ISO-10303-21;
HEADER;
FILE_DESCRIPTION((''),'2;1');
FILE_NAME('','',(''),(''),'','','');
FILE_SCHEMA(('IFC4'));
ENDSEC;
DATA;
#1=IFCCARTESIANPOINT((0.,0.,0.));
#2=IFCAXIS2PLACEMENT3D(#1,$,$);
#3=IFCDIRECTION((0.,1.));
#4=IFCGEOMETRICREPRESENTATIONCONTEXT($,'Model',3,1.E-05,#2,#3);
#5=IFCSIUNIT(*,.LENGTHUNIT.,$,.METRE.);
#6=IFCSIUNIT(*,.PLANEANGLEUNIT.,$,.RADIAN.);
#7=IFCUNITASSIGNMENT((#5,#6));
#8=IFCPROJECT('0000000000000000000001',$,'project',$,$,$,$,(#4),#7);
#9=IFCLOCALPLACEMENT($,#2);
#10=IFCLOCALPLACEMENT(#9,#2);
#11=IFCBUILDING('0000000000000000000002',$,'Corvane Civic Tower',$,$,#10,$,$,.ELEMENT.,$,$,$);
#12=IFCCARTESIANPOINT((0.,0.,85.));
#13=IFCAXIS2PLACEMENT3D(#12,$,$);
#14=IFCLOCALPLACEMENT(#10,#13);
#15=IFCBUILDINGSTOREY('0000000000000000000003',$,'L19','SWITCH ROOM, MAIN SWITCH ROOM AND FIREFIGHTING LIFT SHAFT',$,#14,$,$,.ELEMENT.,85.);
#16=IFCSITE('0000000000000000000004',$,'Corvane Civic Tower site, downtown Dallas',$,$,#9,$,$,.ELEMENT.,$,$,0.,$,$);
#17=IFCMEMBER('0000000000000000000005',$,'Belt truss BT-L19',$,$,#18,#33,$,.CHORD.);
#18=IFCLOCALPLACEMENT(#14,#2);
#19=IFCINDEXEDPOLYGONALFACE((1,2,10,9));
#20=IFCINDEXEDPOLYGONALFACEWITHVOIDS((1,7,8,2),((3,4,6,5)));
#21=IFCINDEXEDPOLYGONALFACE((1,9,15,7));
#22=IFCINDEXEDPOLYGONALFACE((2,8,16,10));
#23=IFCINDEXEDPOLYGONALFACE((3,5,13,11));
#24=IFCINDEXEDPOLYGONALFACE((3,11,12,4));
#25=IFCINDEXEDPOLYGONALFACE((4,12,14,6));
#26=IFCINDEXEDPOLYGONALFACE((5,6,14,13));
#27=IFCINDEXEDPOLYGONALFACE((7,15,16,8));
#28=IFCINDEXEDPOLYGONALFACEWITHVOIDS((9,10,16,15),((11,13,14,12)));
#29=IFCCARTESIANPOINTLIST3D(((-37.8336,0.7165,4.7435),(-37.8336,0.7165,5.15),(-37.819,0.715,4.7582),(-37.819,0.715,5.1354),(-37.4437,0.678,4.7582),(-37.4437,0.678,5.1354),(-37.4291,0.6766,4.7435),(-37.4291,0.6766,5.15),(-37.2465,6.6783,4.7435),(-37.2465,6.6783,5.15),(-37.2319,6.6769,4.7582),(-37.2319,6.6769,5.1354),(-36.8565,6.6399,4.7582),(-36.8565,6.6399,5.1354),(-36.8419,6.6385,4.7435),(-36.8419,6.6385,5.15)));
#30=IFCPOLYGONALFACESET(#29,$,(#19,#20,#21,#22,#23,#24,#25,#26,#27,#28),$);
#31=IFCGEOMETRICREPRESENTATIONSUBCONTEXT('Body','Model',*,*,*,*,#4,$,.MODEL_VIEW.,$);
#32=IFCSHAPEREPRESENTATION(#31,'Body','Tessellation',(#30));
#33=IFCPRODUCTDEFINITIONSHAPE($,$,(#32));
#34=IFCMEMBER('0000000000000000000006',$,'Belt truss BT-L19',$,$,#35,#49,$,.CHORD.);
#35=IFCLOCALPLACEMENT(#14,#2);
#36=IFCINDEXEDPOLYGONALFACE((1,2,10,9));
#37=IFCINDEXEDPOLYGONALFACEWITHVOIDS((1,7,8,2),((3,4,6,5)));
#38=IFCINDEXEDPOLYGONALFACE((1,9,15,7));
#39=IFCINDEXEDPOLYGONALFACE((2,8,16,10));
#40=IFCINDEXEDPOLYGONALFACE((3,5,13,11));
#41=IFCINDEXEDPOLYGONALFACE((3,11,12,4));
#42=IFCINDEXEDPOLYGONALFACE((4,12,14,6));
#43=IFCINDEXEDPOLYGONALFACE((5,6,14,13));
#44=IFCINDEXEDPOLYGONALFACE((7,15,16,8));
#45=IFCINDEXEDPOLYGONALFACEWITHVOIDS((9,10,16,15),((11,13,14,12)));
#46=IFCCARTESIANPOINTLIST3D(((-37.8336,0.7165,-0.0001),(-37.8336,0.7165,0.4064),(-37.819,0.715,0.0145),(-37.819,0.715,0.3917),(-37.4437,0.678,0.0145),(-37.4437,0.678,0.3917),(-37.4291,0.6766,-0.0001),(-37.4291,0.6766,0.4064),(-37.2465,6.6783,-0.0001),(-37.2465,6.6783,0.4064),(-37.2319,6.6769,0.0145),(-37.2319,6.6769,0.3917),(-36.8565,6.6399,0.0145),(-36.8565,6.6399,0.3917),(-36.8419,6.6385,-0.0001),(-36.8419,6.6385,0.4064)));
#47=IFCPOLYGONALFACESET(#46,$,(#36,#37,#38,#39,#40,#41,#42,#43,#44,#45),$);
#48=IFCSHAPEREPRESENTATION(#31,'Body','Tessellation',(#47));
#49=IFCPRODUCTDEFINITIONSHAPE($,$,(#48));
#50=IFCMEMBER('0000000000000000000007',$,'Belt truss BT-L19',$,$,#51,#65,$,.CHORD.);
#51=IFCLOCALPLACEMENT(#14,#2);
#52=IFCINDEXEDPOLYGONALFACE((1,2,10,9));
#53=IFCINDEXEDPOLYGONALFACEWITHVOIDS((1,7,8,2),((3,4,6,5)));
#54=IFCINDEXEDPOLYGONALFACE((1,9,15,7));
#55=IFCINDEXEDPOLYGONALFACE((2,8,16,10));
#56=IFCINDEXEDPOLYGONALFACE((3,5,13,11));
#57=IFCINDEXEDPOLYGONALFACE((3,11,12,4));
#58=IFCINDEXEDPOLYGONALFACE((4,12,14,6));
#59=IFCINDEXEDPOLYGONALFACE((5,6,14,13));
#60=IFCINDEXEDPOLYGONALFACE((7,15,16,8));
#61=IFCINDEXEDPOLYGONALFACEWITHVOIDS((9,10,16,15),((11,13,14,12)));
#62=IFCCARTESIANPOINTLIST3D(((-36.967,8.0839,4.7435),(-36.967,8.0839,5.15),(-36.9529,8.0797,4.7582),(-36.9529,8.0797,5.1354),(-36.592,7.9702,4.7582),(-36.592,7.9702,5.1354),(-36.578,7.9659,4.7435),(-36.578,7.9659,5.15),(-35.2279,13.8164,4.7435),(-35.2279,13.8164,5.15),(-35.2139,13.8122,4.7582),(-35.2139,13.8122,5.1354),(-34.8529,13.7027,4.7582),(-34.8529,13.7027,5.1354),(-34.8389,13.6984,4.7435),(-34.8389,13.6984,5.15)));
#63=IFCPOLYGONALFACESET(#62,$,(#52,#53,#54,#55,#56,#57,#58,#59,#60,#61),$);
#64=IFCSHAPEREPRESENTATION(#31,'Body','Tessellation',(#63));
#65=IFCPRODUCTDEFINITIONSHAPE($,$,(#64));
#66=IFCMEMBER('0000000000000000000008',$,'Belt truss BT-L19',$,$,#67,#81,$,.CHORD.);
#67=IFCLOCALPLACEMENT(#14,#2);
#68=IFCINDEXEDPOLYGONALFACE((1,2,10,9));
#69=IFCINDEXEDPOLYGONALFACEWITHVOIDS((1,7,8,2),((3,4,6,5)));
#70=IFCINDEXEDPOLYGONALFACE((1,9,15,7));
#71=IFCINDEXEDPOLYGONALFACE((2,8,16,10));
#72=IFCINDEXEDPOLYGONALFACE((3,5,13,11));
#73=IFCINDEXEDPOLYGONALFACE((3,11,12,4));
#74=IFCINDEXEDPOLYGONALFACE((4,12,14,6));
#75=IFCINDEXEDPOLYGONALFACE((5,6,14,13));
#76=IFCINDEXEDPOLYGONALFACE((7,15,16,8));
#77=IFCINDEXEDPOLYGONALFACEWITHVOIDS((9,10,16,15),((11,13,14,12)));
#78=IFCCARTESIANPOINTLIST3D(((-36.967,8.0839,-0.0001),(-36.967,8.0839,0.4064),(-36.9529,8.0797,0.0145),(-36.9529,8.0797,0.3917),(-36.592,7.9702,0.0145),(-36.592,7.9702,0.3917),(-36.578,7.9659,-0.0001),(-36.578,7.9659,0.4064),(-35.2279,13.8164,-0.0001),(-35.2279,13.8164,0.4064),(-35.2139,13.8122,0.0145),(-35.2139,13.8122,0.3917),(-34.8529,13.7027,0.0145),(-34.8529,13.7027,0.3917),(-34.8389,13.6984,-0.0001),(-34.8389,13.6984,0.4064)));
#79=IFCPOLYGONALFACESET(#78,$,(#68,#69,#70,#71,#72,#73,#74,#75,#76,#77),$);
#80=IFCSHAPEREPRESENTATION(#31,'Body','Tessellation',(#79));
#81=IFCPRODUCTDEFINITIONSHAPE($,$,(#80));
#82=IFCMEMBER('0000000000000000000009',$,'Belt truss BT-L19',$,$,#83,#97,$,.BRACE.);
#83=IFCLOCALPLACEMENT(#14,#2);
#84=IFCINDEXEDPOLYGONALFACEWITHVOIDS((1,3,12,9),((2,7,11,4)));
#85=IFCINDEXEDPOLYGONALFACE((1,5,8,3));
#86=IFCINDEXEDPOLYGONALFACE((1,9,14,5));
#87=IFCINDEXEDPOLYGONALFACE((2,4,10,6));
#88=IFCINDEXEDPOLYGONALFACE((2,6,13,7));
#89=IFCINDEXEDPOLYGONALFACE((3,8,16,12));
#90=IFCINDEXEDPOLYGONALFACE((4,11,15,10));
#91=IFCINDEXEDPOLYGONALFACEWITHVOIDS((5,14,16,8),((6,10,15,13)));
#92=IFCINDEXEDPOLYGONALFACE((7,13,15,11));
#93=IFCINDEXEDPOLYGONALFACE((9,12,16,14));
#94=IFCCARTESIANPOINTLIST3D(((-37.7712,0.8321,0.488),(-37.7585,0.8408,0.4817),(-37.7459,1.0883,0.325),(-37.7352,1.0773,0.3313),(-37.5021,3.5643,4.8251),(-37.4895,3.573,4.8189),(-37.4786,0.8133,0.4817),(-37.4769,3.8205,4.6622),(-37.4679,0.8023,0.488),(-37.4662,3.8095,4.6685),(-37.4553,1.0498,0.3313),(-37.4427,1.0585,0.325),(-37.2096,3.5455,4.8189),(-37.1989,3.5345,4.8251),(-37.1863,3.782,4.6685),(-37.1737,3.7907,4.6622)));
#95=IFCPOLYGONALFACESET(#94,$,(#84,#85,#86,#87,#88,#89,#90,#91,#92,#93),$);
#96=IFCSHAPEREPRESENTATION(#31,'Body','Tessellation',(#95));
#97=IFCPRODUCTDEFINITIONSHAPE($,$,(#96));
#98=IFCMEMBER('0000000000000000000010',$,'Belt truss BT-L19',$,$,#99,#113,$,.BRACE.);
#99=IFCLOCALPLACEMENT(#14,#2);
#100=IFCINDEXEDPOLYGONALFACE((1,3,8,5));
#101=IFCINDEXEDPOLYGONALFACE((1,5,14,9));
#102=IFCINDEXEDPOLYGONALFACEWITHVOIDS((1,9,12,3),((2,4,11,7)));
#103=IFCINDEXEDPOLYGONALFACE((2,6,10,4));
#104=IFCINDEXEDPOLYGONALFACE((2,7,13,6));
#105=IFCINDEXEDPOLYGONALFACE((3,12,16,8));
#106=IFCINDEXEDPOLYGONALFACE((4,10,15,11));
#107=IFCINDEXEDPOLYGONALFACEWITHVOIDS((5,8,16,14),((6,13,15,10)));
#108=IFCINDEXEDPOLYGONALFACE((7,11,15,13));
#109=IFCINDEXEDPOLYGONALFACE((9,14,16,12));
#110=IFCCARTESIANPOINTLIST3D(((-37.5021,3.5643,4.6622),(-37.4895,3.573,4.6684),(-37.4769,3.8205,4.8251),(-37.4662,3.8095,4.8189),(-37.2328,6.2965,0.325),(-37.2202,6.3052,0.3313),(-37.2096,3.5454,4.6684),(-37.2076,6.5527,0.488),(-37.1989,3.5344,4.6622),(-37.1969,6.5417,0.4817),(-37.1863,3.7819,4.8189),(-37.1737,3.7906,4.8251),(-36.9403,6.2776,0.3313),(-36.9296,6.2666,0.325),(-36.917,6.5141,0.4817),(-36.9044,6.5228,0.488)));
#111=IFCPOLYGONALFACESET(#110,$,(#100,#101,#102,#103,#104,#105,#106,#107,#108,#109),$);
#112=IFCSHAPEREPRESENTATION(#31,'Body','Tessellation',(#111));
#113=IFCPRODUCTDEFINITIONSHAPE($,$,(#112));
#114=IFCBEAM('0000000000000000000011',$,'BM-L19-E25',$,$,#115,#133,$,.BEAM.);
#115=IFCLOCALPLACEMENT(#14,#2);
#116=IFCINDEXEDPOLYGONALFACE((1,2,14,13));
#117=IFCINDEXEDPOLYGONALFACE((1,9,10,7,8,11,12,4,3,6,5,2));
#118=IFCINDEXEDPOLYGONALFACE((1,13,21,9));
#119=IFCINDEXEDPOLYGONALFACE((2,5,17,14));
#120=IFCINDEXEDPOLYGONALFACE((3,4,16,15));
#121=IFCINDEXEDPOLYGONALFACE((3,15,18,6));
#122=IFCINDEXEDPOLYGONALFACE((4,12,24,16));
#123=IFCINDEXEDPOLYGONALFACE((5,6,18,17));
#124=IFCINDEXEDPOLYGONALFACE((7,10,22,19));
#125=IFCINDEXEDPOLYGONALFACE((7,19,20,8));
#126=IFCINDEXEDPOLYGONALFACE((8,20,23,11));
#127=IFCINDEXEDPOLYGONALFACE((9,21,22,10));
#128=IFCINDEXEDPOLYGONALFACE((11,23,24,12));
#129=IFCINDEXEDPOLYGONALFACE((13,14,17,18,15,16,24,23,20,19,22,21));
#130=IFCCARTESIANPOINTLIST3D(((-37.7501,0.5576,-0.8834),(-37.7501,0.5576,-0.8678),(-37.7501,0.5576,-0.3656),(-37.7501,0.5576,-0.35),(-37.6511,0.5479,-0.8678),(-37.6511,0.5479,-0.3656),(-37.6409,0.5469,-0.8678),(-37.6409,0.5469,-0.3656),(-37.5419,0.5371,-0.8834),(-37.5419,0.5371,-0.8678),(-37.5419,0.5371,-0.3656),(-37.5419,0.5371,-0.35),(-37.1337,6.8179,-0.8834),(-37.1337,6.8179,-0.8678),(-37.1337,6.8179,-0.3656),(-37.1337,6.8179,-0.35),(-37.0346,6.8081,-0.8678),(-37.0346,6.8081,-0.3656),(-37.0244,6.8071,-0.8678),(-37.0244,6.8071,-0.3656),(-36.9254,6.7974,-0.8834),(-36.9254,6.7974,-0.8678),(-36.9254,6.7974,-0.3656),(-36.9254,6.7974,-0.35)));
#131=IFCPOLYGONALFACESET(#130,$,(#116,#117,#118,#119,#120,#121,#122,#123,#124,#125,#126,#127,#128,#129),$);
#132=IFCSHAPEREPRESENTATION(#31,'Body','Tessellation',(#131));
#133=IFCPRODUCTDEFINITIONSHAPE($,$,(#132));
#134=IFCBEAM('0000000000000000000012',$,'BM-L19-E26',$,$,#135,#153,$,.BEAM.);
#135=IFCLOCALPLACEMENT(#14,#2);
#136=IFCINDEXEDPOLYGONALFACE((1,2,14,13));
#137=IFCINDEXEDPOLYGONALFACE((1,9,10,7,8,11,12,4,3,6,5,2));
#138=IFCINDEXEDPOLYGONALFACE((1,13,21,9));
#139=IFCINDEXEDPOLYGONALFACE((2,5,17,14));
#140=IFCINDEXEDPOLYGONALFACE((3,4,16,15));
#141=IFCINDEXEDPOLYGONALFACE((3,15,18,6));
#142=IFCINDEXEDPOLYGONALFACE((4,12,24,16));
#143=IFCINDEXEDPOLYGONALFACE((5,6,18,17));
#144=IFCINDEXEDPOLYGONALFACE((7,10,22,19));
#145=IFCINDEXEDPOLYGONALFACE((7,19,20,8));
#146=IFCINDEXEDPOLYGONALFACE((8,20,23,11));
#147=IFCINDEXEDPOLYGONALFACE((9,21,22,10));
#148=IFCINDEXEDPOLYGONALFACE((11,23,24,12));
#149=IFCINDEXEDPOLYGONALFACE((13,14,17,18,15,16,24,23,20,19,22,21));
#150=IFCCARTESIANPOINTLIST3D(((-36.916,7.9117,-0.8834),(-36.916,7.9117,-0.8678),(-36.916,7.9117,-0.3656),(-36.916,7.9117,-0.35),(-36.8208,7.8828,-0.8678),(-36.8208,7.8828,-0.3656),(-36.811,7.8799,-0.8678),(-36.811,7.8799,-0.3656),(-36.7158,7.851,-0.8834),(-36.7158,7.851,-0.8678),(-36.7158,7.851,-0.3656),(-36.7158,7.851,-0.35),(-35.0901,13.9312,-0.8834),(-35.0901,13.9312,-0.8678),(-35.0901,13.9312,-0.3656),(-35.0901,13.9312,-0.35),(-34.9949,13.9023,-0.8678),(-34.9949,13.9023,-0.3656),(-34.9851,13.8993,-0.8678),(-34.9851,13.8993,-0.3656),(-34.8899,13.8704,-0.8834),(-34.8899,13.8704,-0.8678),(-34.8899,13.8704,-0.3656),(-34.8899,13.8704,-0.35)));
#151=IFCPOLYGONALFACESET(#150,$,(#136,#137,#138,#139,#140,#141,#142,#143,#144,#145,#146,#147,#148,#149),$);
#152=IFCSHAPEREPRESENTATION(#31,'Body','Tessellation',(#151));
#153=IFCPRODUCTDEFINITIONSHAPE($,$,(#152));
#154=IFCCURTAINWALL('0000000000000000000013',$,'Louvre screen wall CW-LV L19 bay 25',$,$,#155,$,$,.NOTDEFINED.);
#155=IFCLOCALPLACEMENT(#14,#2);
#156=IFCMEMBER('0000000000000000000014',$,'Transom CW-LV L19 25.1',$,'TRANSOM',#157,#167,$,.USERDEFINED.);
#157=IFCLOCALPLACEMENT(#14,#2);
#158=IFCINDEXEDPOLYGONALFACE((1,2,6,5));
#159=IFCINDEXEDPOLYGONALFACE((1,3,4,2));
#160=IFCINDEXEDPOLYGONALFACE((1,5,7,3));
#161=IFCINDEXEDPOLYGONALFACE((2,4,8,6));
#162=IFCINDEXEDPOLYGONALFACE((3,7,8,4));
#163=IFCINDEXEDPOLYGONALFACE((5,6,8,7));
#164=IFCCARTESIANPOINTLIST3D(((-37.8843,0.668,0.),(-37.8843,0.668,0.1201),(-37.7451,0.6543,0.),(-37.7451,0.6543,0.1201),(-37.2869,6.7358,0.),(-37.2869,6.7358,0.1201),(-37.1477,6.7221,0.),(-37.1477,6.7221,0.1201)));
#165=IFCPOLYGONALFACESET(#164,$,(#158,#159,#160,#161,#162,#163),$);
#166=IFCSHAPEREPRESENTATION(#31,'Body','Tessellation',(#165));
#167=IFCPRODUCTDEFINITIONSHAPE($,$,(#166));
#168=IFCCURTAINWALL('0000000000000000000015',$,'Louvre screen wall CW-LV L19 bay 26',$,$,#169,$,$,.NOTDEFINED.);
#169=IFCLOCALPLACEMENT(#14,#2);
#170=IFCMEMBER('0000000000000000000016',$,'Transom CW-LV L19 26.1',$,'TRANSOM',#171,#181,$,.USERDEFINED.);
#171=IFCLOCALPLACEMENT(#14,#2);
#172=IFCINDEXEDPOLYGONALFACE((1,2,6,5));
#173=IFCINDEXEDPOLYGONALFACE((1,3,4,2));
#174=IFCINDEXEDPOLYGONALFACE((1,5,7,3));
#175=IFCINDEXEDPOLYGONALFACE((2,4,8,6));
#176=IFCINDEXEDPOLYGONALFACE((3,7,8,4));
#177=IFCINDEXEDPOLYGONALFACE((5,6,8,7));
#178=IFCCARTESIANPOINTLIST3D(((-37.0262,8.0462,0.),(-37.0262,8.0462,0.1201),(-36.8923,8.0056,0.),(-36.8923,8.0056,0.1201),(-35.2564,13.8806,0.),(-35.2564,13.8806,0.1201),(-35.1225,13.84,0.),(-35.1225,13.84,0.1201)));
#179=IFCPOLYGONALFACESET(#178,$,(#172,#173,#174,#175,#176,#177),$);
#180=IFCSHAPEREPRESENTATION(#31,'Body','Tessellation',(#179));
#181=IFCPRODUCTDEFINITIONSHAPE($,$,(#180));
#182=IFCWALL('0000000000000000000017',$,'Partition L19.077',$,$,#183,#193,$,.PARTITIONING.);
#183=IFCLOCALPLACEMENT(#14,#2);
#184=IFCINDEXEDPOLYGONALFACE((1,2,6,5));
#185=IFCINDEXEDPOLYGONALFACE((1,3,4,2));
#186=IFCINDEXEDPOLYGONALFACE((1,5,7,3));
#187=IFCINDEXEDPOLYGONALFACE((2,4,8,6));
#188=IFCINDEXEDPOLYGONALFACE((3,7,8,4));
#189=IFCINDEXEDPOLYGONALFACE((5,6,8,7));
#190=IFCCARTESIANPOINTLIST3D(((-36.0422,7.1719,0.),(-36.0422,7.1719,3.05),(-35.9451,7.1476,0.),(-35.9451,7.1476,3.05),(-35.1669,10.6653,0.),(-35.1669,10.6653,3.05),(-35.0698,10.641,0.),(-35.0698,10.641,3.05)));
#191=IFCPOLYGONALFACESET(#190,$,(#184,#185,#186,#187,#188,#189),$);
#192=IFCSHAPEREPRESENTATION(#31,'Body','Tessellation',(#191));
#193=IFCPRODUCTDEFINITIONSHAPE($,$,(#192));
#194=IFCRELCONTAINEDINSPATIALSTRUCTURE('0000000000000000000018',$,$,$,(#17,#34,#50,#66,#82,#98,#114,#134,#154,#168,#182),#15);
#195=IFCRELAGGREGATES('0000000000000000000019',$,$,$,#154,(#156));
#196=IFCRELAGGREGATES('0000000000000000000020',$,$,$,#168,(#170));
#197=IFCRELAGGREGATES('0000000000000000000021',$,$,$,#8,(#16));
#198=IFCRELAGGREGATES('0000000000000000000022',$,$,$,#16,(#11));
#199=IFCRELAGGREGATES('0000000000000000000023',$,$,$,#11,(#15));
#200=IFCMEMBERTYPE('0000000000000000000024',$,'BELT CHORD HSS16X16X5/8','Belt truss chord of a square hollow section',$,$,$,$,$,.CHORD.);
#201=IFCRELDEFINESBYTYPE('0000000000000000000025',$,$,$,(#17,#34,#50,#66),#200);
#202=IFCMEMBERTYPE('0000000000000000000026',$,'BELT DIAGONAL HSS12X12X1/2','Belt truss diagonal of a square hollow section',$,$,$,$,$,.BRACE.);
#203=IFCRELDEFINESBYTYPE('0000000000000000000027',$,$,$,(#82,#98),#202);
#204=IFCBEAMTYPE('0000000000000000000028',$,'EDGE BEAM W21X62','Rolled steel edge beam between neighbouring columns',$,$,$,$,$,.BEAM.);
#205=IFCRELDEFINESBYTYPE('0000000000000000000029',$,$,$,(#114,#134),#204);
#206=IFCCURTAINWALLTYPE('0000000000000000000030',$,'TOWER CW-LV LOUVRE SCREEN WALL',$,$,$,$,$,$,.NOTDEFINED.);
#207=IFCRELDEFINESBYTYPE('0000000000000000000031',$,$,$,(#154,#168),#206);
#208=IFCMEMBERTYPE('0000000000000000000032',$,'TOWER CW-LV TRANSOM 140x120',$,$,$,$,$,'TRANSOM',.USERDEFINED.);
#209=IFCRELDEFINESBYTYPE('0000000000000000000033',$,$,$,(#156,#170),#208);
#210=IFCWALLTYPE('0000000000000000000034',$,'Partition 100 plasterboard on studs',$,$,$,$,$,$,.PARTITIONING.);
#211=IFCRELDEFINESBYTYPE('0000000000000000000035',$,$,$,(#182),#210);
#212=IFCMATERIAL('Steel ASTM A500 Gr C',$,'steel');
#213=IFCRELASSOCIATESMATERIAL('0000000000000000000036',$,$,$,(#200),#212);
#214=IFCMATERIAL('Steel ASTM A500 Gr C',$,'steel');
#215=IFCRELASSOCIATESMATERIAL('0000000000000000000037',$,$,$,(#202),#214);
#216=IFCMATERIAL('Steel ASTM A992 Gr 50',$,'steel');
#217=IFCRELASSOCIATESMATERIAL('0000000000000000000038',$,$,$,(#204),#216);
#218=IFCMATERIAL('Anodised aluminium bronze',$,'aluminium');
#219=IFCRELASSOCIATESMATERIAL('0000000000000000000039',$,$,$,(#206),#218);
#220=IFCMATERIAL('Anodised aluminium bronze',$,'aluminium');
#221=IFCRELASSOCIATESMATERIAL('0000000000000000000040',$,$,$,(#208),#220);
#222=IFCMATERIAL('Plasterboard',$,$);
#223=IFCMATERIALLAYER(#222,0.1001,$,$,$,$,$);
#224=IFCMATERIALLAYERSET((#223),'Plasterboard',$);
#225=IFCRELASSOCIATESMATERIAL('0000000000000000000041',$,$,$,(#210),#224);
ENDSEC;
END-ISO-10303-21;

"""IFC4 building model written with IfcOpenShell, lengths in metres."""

from ifc_helpers import new_model, si_unit, direction, frame, frame_2d, origin, origin_2d, place, context, subcontext, project, spatial, rectangle, hollow_rectangle, i_section, extrude, material, layer, layer_set, material_profile, profile_set, type_object, element, aggregate, save


model = new_model("IFC4")

# Units and contexts
model_context = context("Model", 3, precision=1e-05, world=origin(), true_north=direction((0.0, 1.0)))
body_context = subcontext(model_context, "Body", "Model", "MODEL_VIEW")
ifc_project = project(units=[si_unit("LENGTHUNIT", "METRE"), si_unit("PLANEANGLEUNIT", "RADIAN")], contexts=[model_context])

# Site, building, storey
site_placement = place(None, origin())
site = spatial("IfcSite", under=ifc_project, at=site_placement, Name="Corvane Civic Tower site, downtown Dallas", CompositionType="ELEMENT", RefElevation=0.0)
building_placement = place(site_placement, origin())
building = spatial("IfcBuilding", under=site, at=building_placement, Name="Corvane Civic Tower", CompositionType="ELEMENT")
storey_placement = place(building_placement, frame((0.0, 0.0, 85.0)))
storey = spatial("IfcBuildingStorey", under=building, at=storey_placement, Name="L19", Description="SWITCH ROOM, MAIN SWITCH ROOM AND FIREFIGHTING LIFT SHAFT", CompositionType="ELEMENT", Elevation=85.0)

# Members
ifc_material_1 = material(Name="Steel ASTM A500 Gr C", Category="steel")
ifc_material_profile_1 = material_profile(ifc_material_1, hollow_rectangle(XDim=0.4065, YDim=0.4065, WallThickness=0.0146, at=origin_2d()), Name="HSS16X16X5/8")
ifc_profile_set_1 = profile_set([ifc_material_profile_1], Name="Steel ASTM A500 Gr C")
member_type_1 = type_object("IfcMemberType", Name="BELT CHORD HSS16X16X5/8", Description="Belt truss chord of a square hollow section", PredefinedType="CHORD", material=ifc_profile_set_1)
for number, where, z_axis, x_axis, name in (
    (1, (-37.6313, 0.6965, 4.9468), (0.098011, 0.995185, 0.0), (-0.995185, 0.098011, 0.0), "Belt truss BT-L19"),
    (2, (-37.6313, 0.6965, 0.2031), (0.098011, 0.995185, 0.0), (-0.995185, 0.098011, 0.0), "Belt truss BT-L19"),
):
    element("IfcMember", number, at=place(storey_placement, frame(where, z_axis=z_axis, x_axis=x_axis)), inside=storey, type_object=member_type_1, Name=name, PredefinedType="CHORD", context=body_context, shape_type="SweptSolid", body=[
        extrude(hollow_rectangle(XDim=0.4065, YDim=0.4065, WallThickness=0.0146, at=origin_2d()), origin(), (0.0, 0.0, 1.0), 5.9907),
    ])
for number, where, z_axis, x_axis, name in (
    (3, (-36.7725, 8.0249, 4.9468), (0.2903, 0.956936, 0.0), (-0.956936, 0.2903, 0.0), "Belt truss BT-L19"),
    (4, (-36.7725, 8.0249, 0.2031), (0.2903, 0.956936, 0.0), (-0.956936, 0.2903, 0.0), "Belt truss BT-L19"),
):
    element("IfcMember", number, at=place(storey_placement, frame(where, z_axis=z_axis, x_axis=x_axis)), inside=storey, type_object=member_type_1, Name=name, PredefinedType="CHORD", context=body_context, shape_type="SweptSolid", body=[
        extrude(hollow_rectangle(XDim=0.4065, YDim=0.4065, WallThickness=0.0146, at=origin_2d()), origin(), (0.0, 0.0, 1.0), 5.9905),
    ])
ifc_material_2 = material(Name="Steel ASTM A500 Gr C", Category="steel")
ifc_material_profile_2 = material_profile(ifc_material_2, hollow_rectangle(XDim=0.3047, YDim=0.3047, WallThickness=0.0117, at=origin_2d()), Name="HSS12X12X1/2")
ifc_profile_set_2 = profile_set([ifc_material_profile_2], Name="Steel ASTM A500 Gr C")
member_type_2 = type_object("IfcMemberType", Name="BELT DIAGONAL HSS12X12X1/2", Description="Belt truss diagonal of a square hollow section", PredefinedType="BRACE", material=ifc_profile_set_2)
for number, where, z_axis, x_axis, name in (
    (5, (-37.6069, 0.9453, 0.4065), (0.052414, 0.532273, 0.844949), (-0.995187, 0.097998, 0.0), "Belt truss BT-L19"),
    (6, (-37.0686, 6.4097, 0.4065), (-0.052461, -0.532271, 0.844947), (0.995178, -0.098086, 0.0), "Belt truss BT-L19"),
):
    element("IfcMember", number, at=place(storey_placement, frame(where, z_axis=z_axis, x_axis=x_axis)), inside=storey, type_object=member_type_2, Name=name, PredefinedType="BRACE", context=body_context, shape_type="SweptSolid", body=[
        extrude(hollow_rectangle(XDim=0.3047, YDim=0.3047, WallThickness=0.0117, at=origin_2d()), origin(), (0.0, 0.0, 1.0), 5.1331),
    ])

# Beams
ifc_material_3 = material(Name="Steel ASTM A992 Gr 50", Category="steel")
ifc_material_profile_3 = material_profile(ifc_material_3, i_section(OverallWidth=0.2092, OverallDepth=0.5334, WebThickness=0.0103, FlangeThickness=0.0156, at=origin_2d()), Name="W21X62")
ifc_profile_set_3 = profile_set([ifc_material_profile_3], Name="Steel ASTM A992 Gr 50")
beam_type = type_object("IfcBeamType", Name="EDGE BEAM W21X62", Description="Rolled steel edge beam between neighbouring columns", PredefinedType="BEAM", material=ifc_profile_set_3)
beam_1_placement = place(storey_placement, frame((-37.646, 0.5474, -0.6167), z_axis=(0.097997, 0.995187, 0.0), x_axis=(-0.995187, 0.097997, 0.0)))
element("IfcBeam", 7, at=beam_1_placement, inside=storey, type_object=beam_type, Name="BM-L19-E25", PredefinedType="BEAM", context=body_context, shape_type="SweptSolid", body=[
    extrude(i_section(OverallWidth=0.2092, OverallDepth=0.5334, WebThickness=0.0103, FlangeThickness=0.0156, at=origin_2d()), origin(), (0.0, 0.0, 1.0), 6.2905),
])
beam_2_placement = place(storey_placement, frame((-36.8159, 7.8813, -0.6167), z_axis=(0.290273, 0.956944, 0.0), x_axis=(-0.956944, 0.290273, 0.0)))
element("IfcBeam", 8, at=beam_2_placement, inside=storey, type_object=beam_type, Name="BM-L19-E26", PredefinedType="BEAM", context=body_context, shape_type="SweptSolid", body=[
    extrude(i_section(OverallWidth=0.2092, OverallDepth=0.5334, WebThickness=0.0103, FlangeThickness=0.0156, at=origin_2d()), origin(), (0.0, 0.0, 1.0), 6.2903),
])

# Curtain walls, members
ifc_material_4 = material(Name="Anodised aluminium bronze", Category="aluminium")
curtain_wall_type = type_object("IfcCurtainWallType", Name="TOWER CW-LV LOUVRE SCREEN WALL", PredefinedType="NOTDEFINED", material=ifc_material_4)
curtain_wall_1_placement = place(storey_placement, origin())
curtain_wall_1 = element("IfcCurtainWall", 9, at=curtain_wall_1_placement, inside=storey, type_object=curtain_wall_type, Name="Louvre screen wall CW-LV L19 bay 25", PredefinedType="NOTDEFINED")
ifc_material_5 = material(Name="Anodised aluminium bronze", Category="aluminium")
ifc_material_profile_4 = material_profile(ifc_material_5, rectangle(XDim=0.1399, YDim=0.1201, at=origin_2d()), Name="TOWER CW-LV TRANSOM 140x120")
ifc_profile_set_4 = profile_set([ifc_material_profile_4], Name="Anodised aluminium bronze")
member_type_3 = type_object("IfcMemberType", Name="TOWER CW-LV TRANSOM 140x120", ElementType="TRANSOM", PredefinedType="USERDEFINED", material=ifc_profile_set_4)
member_1_placement = place(storey_placement, frame((-37.8147, 0.6611, 0.0601), z_axis=(0.097981, 0.995188, 0.0), x_axis=(-0.995188, 0.097981, 0.0)))
member_1 = element("IfcMember", 10, at=member_1_placement, type_object=member_type_3, Name="Transom CW-LV L19 25.1", ObjectType="TRANSOM", PredefinedType="USERDEFINED", context=body_context, shape_type="SweptSolid", body=[
    extrude(rectangle(XDim=0.1399, YDim=0.1201, at=origin_2d()), origin(), (0.0, 0.0, 1.0), 6.0972),
])
curtain_wall_2_placement = place(storey_placement, origin())
curtain_wall_2 = element("IfcCurtainWall", 11, at=curtain_wall_2_placement, inside=storey, type_object=curtain_wall_type, Name="Louvre screen wall CW-LV L19 bay 26", PredefinedType="NOTDEFINED")
member_2_placement = place(storey_placement, frame((-36.9592, 8.0259, 0.0601), z_axis=(0.290271, 0.956945, 0.0), x_axis=(-0.956945, 0.290271, 0.0)))
member_2 = element("IfcMember", 12, at=member_2_placement, type_object=member_type_3, Name="Transom CW-LV L19 26.1", ObjectType="TRANSOM", PredefinedType="USERDEFINED", context=body_context, shape_type="SweptSolid", body=[
    extrude(rectangle(XDim=0.1399, YDim=0.1201, at=origin_2d()), origin(), (0.0, 0.0, 1.0), 6.0969),
])

# Wall
ifc_material_6 = material(Name="Plasterboard")
ifc_layer = layer(ifc_material_6, 0.1001)
ifc_layer_set = layer_set([ifc_layer], Name="Plasterboard")
wall_type = type_object("IfcWallType", Name="Partition 100 plasterboard on studs", PredefinedType="PARTITIONING", material=ifc_layer_set)
wall_1_placement = place(storey_placement, frame((-35.9937, 7.1597, 0.0), z_axis=(0.0, 0.0, 1.0), x_axis=(0.24303, 0.970019, 0.0)))
element("IfcWall", 13, at=wall_1_placement, inside=storey, type_object=wall_type, Name="Partition L19.077", PredefinedType="PARTITIONING", context=body_context, shape_type="SweptSolid", body=[
    extrude(rectangle(XDim=3.6013, YDim=0.1001, at=frame_2d((1.8008, 0.0))), origin(), (0.0, 0.0, 1.0), 3.05),
])

aggregate(curtain_wall_1, [member_1])
aggregate(curtain_wall_2, [member_2])

save(model, "model.ifc")
